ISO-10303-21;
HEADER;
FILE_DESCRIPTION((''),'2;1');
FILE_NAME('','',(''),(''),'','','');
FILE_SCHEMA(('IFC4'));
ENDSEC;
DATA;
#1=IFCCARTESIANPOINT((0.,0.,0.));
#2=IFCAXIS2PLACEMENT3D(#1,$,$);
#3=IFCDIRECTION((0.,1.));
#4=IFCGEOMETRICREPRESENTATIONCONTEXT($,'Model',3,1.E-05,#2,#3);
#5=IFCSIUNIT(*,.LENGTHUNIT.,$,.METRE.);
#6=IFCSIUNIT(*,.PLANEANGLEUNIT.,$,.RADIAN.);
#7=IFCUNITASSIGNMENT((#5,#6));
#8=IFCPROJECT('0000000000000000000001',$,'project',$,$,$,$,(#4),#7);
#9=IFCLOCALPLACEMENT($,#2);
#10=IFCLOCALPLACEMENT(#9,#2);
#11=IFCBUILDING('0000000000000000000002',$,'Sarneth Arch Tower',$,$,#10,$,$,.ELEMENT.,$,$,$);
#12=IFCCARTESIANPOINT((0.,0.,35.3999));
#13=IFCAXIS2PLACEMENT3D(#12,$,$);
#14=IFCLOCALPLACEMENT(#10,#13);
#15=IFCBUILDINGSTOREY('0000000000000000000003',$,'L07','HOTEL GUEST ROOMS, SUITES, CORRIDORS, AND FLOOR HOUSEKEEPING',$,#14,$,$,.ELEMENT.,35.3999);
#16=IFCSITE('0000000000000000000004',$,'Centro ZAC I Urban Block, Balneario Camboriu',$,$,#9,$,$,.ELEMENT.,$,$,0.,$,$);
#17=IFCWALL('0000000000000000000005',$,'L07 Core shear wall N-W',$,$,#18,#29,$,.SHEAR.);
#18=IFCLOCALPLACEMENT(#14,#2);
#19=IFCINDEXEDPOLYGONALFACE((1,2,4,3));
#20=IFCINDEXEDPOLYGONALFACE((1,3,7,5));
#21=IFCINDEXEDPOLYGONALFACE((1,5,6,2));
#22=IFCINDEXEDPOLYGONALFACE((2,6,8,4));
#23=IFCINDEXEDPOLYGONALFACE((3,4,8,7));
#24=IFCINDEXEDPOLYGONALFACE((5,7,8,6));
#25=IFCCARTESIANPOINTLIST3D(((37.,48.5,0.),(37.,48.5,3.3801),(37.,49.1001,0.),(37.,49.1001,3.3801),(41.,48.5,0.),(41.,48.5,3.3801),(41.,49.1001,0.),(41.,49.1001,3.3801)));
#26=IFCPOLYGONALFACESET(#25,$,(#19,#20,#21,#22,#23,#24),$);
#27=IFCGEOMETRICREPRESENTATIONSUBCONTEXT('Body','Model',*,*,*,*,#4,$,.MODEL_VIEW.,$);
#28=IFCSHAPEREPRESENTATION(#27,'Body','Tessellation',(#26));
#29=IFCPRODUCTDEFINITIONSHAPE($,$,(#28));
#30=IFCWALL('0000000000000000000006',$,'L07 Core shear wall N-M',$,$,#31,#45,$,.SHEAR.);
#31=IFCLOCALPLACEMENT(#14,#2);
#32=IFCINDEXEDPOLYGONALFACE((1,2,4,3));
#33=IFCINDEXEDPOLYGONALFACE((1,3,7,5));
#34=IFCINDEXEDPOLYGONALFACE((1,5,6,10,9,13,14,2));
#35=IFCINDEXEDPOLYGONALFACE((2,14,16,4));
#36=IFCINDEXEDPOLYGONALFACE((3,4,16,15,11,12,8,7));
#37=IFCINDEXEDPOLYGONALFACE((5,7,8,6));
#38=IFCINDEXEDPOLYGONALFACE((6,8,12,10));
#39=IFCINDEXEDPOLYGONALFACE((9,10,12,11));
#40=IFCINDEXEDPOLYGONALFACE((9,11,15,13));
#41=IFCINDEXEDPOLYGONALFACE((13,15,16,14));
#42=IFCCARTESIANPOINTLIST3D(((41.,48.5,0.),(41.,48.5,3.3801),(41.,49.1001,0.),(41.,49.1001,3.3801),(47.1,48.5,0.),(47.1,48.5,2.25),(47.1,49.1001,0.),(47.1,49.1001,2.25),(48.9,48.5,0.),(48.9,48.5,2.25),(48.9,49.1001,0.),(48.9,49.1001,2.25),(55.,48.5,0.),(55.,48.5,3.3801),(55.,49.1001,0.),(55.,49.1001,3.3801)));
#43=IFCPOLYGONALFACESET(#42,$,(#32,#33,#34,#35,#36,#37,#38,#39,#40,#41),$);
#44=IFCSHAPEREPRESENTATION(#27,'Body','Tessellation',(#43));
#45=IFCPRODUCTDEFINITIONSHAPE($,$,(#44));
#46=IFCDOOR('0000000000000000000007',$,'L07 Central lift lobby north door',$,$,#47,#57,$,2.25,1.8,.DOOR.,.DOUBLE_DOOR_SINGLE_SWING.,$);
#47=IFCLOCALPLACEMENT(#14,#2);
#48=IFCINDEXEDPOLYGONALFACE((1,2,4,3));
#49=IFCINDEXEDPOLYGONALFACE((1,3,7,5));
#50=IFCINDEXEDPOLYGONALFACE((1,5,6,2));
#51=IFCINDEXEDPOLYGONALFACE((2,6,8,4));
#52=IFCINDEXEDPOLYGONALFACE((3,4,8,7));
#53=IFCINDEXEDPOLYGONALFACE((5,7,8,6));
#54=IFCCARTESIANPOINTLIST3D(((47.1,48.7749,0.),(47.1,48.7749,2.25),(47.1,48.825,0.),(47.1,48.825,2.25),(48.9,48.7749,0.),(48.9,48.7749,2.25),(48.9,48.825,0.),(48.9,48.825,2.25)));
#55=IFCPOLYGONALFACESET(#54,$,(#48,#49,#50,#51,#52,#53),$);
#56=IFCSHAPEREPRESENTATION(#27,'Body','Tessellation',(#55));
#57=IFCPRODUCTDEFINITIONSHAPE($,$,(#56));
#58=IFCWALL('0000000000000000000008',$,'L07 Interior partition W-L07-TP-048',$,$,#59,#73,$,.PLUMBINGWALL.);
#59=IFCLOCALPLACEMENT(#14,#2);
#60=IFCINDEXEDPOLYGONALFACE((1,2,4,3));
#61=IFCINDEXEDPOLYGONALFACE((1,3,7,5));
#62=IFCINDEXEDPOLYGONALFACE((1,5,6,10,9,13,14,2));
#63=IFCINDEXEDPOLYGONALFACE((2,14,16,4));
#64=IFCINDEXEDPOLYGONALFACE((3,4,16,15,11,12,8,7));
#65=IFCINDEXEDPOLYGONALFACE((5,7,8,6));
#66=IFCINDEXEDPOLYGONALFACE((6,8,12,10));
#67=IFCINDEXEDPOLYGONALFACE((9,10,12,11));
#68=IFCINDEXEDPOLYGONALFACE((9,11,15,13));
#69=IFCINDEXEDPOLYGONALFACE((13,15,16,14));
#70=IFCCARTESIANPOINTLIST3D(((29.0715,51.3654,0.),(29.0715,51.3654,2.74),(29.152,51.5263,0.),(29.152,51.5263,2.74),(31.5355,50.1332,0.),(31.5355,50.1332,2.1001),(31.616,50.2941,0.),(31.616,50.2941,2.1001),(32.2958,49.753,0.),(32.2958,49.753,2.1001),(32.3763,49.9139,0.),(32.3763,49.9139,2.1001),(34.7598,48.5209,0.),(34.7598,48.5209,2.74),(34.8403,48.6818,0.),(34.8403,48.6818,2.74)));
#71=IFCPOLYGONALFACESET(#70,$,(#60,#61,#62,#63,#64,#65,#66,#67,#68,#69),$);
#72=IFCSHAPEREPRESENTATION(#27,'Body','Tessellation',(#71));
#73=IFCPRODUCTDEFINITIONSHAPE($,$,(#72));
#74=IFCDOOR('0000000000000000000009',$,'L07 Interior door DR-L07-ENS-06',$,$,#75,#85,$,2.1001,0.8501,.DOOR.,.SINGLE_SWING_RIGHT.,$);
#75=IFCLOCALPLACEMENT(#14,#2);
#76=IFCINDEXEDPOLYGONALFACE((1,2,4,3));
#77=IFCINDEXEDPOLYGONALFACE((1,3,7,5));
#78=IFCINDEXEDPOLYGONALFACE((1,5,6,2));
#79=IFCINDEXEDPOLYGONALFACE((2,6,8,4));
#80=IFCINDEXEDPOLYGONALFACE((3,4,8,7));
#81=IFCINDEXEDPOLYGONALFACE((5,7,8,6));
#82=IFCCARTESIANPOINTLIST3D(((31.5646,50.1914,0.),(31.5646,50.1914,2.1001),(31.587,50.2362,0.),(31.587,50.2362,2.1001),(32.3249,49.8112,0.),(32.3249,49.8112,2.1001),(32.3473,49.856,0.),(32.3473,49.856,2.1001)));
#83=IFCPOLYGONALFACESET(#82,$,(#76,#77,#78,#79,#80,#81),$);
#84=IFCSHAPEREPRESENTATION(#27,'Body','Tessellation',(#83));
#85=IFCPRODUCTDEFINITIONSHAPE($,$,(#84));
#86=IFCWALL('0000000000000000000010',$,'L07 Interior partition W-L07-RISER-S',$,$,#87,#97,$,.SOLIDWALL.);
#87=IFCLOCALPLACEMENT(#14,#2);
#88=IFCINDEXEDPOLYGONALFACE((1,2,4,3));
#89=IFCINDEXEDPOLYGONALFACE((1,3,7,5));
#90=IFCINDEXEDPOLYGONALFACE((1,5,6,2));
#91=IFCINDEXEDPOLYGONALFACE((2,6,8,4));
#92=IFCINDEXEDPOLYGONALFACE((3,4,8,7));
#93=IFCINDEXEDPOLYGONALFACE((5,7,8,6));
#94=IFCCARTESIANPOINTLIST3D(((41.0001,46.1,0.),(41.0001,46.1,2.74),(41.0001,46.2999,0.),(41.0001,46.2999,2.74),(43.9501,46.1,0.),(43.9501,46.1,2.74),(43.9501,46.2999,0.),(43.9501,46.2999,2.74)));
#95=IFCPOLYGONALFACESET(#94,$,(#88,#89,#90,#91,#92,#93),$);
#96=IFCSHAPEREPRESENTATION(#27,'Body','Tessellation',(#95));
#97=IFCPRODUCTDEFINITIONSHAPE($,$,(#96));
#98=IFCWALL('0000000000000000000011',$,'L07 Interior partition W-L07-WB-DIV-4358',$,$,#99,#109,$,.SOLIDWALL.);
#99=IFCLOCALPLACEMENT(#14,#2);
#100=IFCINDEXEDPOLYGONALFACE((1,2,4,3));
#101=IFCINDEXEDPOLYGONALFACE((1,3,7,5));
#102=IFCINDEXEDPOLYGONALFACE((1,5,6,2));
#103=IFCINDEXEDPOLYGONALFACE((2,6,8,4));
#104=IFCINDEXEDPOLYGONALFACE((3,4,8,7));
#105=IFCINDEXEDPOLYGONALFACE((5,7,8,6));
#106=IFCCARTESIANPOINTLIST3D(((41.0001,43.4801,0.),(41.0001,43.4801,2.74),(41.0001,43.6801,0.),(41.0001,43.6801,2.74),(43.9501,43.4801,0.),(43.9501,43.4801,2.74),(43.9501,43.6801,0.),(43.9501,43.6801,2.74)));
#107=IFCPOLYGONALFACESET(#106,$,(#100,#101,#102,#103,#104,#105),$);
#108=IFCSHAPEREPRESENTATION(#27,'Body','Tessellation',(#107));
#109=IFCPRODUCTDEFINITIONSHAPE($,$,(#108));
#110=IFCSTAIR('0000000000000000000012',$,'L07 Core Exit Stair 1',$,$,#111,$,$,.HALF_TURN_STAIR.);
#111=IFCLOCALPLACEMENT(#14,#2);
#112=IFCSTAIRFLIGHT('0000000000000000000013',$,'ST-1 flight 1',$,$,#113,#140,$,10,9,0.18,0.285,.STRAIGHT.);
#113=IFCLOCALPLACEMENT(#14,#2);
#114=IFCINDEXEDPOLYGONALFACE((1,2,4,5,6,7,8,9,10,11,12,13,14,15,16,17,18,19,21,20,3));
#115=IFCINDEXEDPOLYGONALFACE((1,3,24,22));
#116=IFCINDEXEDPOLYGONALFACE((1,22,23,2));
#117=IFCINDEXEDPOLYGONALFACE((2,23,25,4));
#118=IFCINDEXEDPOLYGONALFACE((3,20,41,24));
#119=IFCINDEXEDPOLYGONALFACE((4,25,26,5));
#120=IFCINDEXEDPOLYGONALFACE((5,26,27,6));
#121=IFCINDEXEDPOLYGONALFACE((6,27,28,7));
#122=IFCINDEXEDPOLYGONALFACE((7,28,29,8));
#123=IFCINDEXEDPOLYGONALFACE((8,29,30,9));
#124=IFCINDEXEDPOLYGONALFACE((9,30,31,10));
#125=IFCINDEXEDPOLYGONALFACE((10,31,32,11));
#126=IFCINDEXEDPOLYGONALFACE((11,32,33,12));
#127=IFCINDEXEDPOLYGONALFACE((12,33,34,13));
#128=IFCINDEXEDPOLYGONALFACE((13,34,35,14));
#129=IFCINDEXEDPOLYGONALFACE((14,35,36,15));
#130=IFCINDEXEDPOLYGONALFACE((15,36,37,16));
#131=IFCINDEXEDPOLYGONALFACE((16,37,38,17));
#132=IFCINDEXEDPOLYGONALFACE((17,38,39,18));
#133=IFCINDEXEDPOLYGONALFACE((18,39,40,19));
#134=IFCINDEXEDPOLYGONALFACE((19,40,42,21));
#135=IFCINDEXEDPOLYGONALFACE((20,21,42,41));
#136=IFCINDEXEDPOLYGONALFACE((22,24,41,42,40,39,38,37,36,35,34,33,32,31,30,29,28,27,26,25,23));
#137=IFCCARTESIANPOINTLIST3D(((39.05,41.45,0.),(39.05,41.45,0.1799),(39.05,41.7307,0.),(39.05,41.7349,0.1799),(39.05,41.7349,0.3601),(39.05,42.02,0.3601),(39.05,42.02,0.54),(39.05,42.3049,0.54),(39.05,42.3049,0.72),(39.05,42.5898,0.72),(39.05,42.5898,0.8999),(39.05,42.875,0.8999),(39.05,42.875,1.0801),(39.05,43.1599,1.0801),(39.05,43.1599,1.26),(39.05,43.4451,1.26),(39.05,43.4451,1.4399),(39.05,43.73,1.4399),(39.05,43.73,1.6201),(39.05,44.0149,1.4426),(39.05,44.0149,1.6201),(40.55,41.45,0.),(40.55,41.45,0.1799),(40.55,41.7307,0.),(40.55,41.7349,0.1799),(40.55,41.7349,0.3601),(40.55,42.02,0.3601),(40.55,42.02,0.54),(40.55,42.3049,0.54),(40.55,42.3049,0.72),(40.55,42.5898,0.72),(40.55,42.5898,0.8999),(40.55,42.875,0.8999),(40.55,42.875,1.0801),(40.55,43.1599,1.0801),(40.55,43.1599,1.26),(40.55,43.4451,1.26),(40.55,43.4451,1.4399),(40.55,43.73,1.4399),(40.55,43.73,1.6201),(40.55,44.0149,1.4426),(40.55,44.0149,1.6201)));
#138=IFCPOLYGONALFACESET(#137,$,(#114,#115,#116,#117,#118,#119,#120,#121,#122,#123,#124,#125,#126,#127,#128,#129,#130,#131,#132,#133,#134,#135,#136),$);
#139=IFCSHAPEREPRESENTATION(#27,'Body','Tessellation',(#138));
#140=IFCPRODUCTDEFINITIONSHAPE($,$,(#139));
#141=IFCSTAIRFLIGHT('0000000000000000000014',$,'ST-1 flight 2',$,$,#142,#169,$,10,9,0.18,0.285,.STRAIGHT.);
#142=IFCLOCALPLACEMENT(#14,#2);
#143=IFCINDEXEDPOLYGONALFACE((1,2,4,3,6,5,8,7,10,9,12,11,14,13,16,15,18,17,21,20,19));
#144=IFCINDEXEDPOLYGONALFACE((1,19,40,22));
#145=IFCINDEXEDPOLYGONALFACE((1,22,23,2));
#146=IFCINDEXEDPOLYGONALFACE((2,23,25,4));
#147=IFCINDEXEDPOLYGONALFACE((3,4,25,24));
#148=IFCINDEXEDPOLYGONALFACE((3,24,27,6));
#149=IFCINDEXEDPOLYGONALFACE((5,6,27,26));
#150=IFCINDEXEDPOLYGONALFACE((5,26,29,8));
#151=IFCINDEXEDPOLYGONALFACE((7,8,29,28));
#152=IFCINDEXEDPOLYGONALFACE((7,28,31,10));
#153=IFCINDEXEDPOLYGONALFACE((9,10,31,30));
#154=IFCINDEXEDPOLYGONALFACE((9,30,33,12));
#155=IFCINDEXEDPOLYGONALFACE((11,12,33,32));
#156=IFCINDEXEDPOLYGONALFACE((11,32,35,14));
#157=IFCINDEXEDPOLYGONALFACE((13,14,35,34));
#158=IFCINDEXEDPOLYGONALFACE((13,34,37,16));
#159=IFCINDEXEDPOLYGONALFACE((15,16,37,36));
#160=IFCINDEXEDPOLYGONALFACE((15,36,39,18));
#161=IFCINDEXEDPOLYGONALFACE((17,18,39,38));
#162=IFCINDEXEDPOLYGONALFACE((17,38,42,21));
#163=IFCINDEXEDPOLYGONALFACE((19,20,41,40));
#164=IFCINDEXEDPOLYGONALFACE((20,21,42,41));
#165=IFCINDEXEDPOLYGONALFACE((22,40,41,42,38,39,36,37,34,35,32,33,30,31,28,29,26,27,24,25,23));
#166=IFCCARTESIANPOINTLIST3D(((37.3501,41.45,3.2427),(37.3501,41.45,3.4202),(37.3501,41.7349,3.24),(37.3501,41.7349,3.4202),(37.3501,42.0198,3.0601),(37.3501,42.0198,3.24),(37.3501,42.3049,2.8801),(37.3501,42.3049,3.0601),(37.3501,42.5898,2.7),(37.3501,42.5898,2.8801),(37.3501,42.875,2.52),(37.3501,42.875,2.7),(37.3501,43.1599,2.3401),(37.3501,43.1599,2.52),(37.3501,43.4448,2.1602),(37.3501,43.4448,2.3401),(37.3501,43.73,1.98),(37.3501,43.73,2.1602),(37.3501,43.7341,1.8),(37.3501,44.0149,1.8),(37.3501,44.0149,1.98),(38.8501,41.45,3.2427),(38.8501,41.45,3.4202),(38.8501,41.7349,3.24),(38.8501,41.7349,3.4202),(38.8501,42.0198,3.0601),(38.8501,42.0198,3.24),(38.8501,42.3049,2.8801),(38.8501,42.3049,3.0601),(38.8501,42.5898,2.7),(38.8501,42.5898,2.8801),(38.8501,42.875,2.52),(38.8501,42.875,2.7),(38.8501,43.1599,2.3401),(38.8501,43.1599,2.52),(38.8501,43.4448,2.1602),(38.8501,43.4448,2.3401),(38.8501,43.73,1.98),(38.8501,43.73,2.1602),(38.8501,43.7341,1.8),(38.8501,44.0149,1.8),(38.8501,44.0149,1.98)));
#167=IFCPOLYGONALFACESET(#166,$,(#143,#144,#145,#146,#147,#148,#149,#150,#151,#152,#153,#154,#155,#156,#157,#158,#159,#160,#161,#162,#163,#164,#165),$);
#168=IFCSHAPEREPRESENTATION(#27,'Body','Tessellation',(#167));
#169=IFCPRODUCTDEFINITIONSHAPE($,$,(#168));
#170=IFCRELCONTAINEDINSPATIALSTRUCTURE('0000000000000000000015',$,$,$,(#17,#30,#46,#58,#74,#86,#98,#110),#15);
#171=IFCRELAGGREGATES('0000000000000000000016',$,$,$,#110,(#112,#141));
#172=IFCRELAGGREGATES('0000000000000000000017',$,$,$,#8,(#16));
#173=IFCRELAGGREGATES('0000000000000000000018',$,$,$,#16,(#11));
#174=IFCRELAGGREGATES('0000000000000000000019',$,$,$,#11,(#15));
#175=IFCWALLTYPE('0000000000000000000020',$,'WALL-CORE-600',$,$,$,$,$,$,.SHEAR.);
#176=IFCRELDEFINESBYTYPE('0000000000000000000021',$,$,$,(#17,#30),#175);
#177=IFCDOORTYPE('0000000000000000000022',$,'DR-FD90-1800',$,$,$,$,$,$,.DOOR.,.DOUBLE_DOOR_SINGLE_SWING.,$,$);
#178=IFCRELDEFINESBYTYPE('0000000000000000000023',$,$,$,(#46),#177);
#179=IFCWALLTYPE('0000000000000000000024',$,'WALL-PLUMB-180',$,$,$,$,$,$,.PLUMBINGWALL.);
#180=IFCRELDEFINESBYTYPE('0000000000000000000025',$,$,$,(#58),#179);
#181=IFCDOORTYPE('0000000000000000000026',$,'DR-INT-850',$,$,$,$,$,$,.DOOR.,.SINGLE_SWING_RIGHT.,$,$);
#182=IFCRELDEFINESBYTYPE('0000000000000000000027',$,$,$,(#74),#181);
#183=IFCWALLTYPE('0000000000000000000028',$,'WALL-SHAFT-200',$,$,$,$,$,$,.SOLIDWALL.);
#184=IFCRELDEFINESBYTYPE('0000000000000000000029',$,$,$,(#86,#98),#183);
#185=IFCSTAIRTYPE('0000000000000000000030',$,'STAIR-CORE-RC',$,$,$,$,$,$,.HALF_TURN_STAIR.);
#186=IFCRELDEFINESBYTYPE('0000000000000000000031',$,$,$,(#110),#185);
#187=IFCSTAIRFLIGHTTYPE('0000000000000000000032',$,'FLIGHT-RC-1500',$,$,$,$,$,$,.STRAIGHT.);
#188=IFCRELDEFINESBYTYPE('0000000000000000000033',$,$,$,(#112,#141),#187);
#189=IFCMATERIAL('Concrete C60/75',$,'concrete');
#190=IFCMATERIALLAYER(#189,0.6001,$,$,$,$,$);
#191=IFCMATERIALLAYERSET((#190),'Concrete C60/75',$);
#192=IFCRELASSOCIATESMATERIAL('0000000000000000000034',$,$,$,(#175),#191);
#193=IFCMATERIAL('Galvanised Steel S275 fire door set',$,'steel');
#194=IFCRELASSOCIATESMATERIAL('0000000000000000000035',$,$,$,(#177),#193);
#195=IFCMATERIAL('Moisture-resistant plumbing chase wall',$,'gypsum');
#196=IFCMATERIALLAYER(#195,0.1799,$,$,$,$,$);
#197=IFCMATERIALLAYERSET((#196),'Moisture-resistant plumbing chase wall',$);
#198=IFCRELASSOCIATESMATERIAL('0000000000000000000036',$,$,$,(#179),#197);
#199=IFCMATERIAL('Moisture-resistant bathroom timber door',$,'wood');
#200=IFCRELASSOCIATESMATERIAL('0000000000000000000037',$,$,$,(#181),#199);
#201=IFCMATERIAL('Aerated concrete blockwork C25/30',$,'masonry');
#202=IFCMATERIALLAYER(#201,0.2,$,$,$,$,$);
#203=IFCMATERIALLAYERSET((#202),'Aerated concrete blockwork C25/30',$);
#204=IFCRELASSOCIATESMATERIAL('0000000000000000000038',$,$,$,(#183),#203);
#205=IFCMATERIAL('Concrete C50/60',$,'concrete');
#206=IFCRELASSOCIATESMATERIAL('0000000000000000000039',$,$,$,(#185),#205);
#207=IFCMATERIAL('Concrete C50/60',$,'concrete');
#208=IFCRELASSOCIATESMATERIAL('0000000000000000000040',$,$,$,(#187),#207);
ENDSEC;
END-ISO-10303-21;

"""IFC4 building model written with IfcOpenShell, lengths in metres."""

from ifc_helpers import new_model, si_unit, direction, frame, frame_2d, origin, place, context, subcontext, project, spatial, polyline, rectangle, outline, extrude, material, layer, layer_set, type_object, element, fill, aggregate, save


model = new_model("IFC4")

# Units and contexts
model_context = context("Model", 3, precision=1e-05, world=origin(), true_north=direction((0.0, 1.0)))
body_context = subcontext(model_context, "Body", "Model", "MODEL_VIEW")
ifc_project = project(units=[si_unit("LENGTHUNIT", "METRE"), si_unit("PLANEANGLEUNIT", "RADIAN")], contexts=[model_context])

# Site, building, storey
site_placement = place(None, origin())
site = spatial("IfcSite", under=ifc_project, at=site_placement, Name="Centro ZAC I Urban Block, Balneario Camboriu", CompositionType="ELEMENT", RefElevation=0.0)
building_placement = place(site_placement, origin())
building = spatial("IfcBuilding", under=site, at=building_placement, Name="Sarneth Arch Tower", CompositionType="ELEMENT")
storey_placement = place(building_placement, frame((0.0, 0.0, 35.3999)))
storey = spatial("IfcBuildingStorey", under=building, at=storey_placement, Name="L07", Description="HOTEL GUEST ROOMS, SUITES, CORRIDORS, AND FLOOR HOUSEKEEPING", CompositionType="ELEMENT", Elevation=35.3999)

# Wall
ifc_material_1 = material(Name="Concrete C60/75", Category="concrete")
ifc_layer_1 = layer(ifc_material_1, 0.6001)
ifc_layer_set_1 = layer_set([ifc_layer_1], Name="Concrete C60/75")
wall_type_1 = type_object("IfcWallType", Name="WALL-CORE-600", PredefinedType="SHEAR", material=ifc_layer_set_1)
wall_1_placement = place(storey_placement, frame((37.0, 48.8, 0.0), z_axis=(0.0, 0.0, 1.0), x_axis=(1.0, 0.0, 0.0)))
element("IfcWall", 1, at=wall_1_placement, inside=storey, type_object=wall_type_1, Name="L07 Core shear wall N-W", PredefinedType="SHEAR", context=body_context, shape_type="SweptSolid", body=[
    extrude(rectangle(XDim=4.0, YDim=0.6001, at=frame_2d((2.0, 0.0))), origin(), (0.0, 0.0, 1.0), 3.3801),
])

# Walls, openings, doors
wall_2_placement = place(storey_placement, frame((41.0, 48.8, 0.0), z_axis=(0.0, 0.0, 1.0), x_axis=(1.0, 0.0, 0.0)))
wall_2 = element("IfcWall", 2, at=wall_2_placement, inside=storey, type_object=wall_type_1, Name="L07 Core shear wall N-M", PredefinedType="SHEAR", context=body_context, shape_type="SweptSolid", body=[
    extrude(rectangle(XDim=14.0, YDim=0.6001, at=frame_2d((7.0, 0.0))), origin(), (0.0, 0.0, 1.0), 3.3801),
])
opening_1_placement = place(wall_2_placement, frame((6.1001, 0.0, 0.0)))
opening_1 = element("IfcOpeningElement", 3, at=opening_1_placement, cuts=wall_2, PredefinedType="OPENING", context=body_context, shape_type="SweptSolid", body=[
    extrude(rectangle(XDim=1.8, YDim=2.25, at=frame_2d((0.8999, 1.125))), frame((0.0, 0.3101, 0.0), z_axis=(0.0, -1.0, 0.0), x_axis=(1.0, 0.0, 0.0)), (0.0, 0.0, 1.0), 0.6201),
])
ifc_material_2 = material(Name="Galvanised Steel S275 fire door set", Category="steel")
door_type_1 = type_object("IfcDoorType", Name="DR-FD90-1800", OperationType="DOUBLE_DOOR_SINGLE_SWING", PredefinedType="DOOR", material=ifc_material_2)
door_1_placement = place(opening_1_placement, origin())
door_1 = element("IfcDoor", 4, at=door_1_placement, inside=storey, type_object=door_type_1, Name="L07 Central lift lobby north door", OperationType="DOUBLE_DOOR_SINGLE_SWING", OverallHeight=2.25, OverallWidth=1.8, PredefinedType="DOOR", context=body_context, shape_type="SweptSolid", body=[
    extrude(rectangle(XDim=1.8, YDim=2.25, at=frame_2d((0.8999, 1.125))), frame((0.0, 0.0249, 0.0), z_axis=(0.0, -1.0, 0.0), x_axis=(1.0, 0.0, 0.0)), (0.0, 0.0, 1.0), 0.05),
])
fill(opening_1, door_1)
ifc_material_3 = material(Name="Moisture-resistant plumbing chase wall", Category="gypsum")
ifc_layer_2 = layer(ifc_material_3, 0.1799)
ifc_layer_set_2 = layer_set([ifc_layer_2], Name="Moisture-resistant plumbing chase wall")
wall_type_2 = type_object("IfcWallType", Name="WALL-PLUMB-180", PredefinedType="PLUMBINGWALL", material=ifc_layer_set_2)
wall_3_placement = place(storey_placement, frame((34.8, 48.6013, 0.0), z_axis=(0.0, 0.0, 1.0), x_axis=(-0.894404, 0.44726, 0.0)))
wall_3 = element("IfcWall", 5, at=wall_3_placement, inside=storey, type_object=wall_type_2, Name="L07 Interior partition W-L07-TP-048", PredefinedType="PLUMBINGWALL", context=body_context, shape_type="SweptSolid", body=[
    extrude(rectangle(XDim=6.3599, YDim=0.1799, at=frame_2d((3.1799, 0.0))), origin(), (0.0, 0.0, 1.0), 2.74),
])
opening_2_placement = place(wall_3_placement, frame((2.7549, 0.0, 0.0)))
opening_2 = element("IfcOpeningElement", 6, at=opening_2_placement, cuts=wall_3, PredefinedType="OPENING", context=body_context, shape_type="SweptSolid", body=[
    extrude(rectangle(XDim=0.8501, YDim=2.1001, at=frame_2d((0.425, 1.05))), frame((0.0, 0.0999, 0.0), z_axis=(0.0, -1.0, 0.0), x_axis=(1.0, 0.0, 0.0)), (0.0, 0.0, 1.0), 0.2),
])
ifc_material_4 = material(Name="Moisture-resistant bathroom timber door", Category="wood")
door_type_2 = type_object("IfcDoorType", Name="DR-INT-850", OperationType="SINGLE_SWING_RIGHT", PredefinedType="DOOR", material=ifc_material_4)
door_2_placement = place(opening_2_placement, origin())
door_2 = element("IfcDoor", 7, at=door_2_placement, inside=storey, type_object=door_type_2, Name="L07 Interior door DR-L07-ENS-06", OperationType="SINGLE_SWING_RIGHT", OverallHeight=2.1001, OverallWidth=0.8501, PredefinedType="DOOR", context=body_context, shape_type="SweptSolid", body=[
    extrude(rectangle(XDim=0.8501, YDim=2.1001, at=frame_2d((0.425, 1.05))), frame((0.0, 0.0249, 0.0), z_axis=(0.0, -1.0, 0.0), x_axis=(1.0, 0.0, 0.0)), (0.0, 0.0, 1.0), 0.05),
])
fill(opening_2, door_2)

# Wall
ifc_material_5 = material(Name="Aerated concrete blockwork C25/30", Category="masonry")
ifc_layer_3 = layer(ifc_material_5, 0.2)
ifc_layer_set_3 = layer_set([ifc_layer_3], Name="Aerated concrete blockwork C25/30")
wall_type_3 = type_object("IfcWallType", Name="WALL-SHAFT-200", PredefinedType="SOLIDWALL", material=ifc_layer_set_3)
wall_4_placement = place(storey_placement, frame((41.0, 46.2, 0.0), z_axis=(0.0, 0.0, 1.0), x_axis=(1.0, 0.0, 0.0)))
element("IfcWall", 8, at=wall_4_placement, inside=storey, type_object=wall_type_3, Name="L07 Interior partition W-L07-RISER-S", PredefinedType="SOLIDWALL", context=body_context, shape_type="SweptSolid", body=[
    extrude(rectangle(XDim=2.95, YDim=0.2, at=frame_2d((1.4751, 0.0))), origin(), (0.0, 0.0, 1.0), 2.74),
])

# Wall
wall_5_placement = place(storey_placement, frame((41.0, 43.5801, 0.0), z_axis=(0.0, 0.0, 1.0), x_axis=(1.0, 0.0, 0.0)))
element("IfcWall", 9, at=wall_5_placement, inside=storey, type_object=wall_type_3, Name="L07 Interior partition W-L07-WB-DIV-4358", PredefinedType="SOLIDWALL", context=body_context, shape_type="SweptSolid", body=[
    extrude(rectangle(XDim=2.95, YDim=0.2, at=frame_2d((1.4751, 0.0))), origin(), (0.0, 0.0, 1.0), 2.74),
])

# Stair, stair flights
ifc_material_6 = material(Name="Concrete C50/60", Category="concrete")
stair_type = type_object("IfcStairType", Name="STAIR-CORE-RC", PredefinedType="HALF_TURN_STAIR", material=ifc_material_6)
stair_placement = place(storey_placement, origin())
stair = element("IfcStair", 10, at=stair_placement, inside=storey, type_object=stair_type, Name="L07 Core Exit Stair 1", PredefinedType="HALF_TURN_STAIR")
ifc_material_7 = material(Name="Concrete C50/60", Category="concrete")
stair_flight_type = type_object("IfcStairFlightType", Name="FLIGHT-RC-1500", PredefinedType="STRAIGHT", material=ifc_material_7)
stair_flight_1_placement = place(storey_placement, frame((39.8, 41.45, 0.0), z_axis=(0.0, 0.0, 1.0), x_axis=(0.0, 1.0, 0.0)))
stair_flight_1 = element("IfcStairFlight", 11, at=stair_flight_1_placement, type_object=stair_flight_type, Name="ST-1 flight 1", NumberOfRisers=10, NumberOfTreads=9, PredefinedType="STRAIGHT", RiserHeight=0.18, TreadLength=0.285, context=body_context, shape_type="SweptSolid", body=[
    extrude(outline(polyline([(0.0, 0.0), (0.0, 0.1799), (0.2849, 0.1799), (0.2849, 0.3601), (0.5701, 0.3601), (0.5701, 0.54), (0.855, 0.54), (0.855, 0.72), (1.1399, 0.72), (1.1399, 0.8999), (1.425, 0.8999), (1.425, 1.0801), (1.71, 1.0801), (1.71, 1.26), (1.9951, 1.26), (1.9951, 1.4399), (2.28, 1.4399), (2.28, 1.6201), (2.5649, 1.6201), (2.5649, 1.8), (2.5649, 1.4426), (0.2808, 0.0), (0.0, 0.0)])), frame((0.0, 0.75, 0.0), z_axis=(0.0, -1.0, 0.0), x_axis=(1.0, 0.0, 0.0)), (0.0, 0.0, 1.0), 1.5),
])
stair_flight_2_placement = place(storey_placement, frame((38.1001, 44.0149, 1.8), z_axis=(0.0, 0.0, 1.0), x_axis=(0.0, -1.0, 0.0)))
stair_flight_2 = element("IfcStairFlight", 12, at=stair_flight_2_placement, type_object=stair_flight_type, Name="ST-1 flight 2", NumberOfRisers=10, NumberOfTreads=9, PredefinedType="STRAIGHT", RiserHeight=0.18, TreadLength=0.285, context=body_context, shape_type="SweptSolid", body=[
    extrude(outline(polyline([(0.0, 0.0), (0.0, 0.1799), (0.2849, 0.1799), (0.2849, 0.3601), (0.5701, 0.3601), (0.5701, 0.54), (0.855, 0.54), (0.855, 0.72), (1.1399, 0.72), (1.1399, 0.8999), (1.425, 0.8999), (1.425, 1.0801), (1.71, 1.0801), (1.71, 1.26), (1.9951, 1.26), (1.9951, 1.4399), (2.28, 1.4399), (2.28, 1.6201), (2.5649, 1.6201), (2.5649, 1.8), (2.5649, 1.4426), (0.2808, 0.0), (0.0, 0.0)])), frame((0.0, 0.75, 0.0), z_axis=(0.0, -1.0, 0.0), x_axis=(1.0, 0.0, 0.0)), (0.0, 0.0, 1.0), 1.5),
])
aggregate(stair, [stair_flight_1, stair_flight_2])

save(model, "model.ifc")
